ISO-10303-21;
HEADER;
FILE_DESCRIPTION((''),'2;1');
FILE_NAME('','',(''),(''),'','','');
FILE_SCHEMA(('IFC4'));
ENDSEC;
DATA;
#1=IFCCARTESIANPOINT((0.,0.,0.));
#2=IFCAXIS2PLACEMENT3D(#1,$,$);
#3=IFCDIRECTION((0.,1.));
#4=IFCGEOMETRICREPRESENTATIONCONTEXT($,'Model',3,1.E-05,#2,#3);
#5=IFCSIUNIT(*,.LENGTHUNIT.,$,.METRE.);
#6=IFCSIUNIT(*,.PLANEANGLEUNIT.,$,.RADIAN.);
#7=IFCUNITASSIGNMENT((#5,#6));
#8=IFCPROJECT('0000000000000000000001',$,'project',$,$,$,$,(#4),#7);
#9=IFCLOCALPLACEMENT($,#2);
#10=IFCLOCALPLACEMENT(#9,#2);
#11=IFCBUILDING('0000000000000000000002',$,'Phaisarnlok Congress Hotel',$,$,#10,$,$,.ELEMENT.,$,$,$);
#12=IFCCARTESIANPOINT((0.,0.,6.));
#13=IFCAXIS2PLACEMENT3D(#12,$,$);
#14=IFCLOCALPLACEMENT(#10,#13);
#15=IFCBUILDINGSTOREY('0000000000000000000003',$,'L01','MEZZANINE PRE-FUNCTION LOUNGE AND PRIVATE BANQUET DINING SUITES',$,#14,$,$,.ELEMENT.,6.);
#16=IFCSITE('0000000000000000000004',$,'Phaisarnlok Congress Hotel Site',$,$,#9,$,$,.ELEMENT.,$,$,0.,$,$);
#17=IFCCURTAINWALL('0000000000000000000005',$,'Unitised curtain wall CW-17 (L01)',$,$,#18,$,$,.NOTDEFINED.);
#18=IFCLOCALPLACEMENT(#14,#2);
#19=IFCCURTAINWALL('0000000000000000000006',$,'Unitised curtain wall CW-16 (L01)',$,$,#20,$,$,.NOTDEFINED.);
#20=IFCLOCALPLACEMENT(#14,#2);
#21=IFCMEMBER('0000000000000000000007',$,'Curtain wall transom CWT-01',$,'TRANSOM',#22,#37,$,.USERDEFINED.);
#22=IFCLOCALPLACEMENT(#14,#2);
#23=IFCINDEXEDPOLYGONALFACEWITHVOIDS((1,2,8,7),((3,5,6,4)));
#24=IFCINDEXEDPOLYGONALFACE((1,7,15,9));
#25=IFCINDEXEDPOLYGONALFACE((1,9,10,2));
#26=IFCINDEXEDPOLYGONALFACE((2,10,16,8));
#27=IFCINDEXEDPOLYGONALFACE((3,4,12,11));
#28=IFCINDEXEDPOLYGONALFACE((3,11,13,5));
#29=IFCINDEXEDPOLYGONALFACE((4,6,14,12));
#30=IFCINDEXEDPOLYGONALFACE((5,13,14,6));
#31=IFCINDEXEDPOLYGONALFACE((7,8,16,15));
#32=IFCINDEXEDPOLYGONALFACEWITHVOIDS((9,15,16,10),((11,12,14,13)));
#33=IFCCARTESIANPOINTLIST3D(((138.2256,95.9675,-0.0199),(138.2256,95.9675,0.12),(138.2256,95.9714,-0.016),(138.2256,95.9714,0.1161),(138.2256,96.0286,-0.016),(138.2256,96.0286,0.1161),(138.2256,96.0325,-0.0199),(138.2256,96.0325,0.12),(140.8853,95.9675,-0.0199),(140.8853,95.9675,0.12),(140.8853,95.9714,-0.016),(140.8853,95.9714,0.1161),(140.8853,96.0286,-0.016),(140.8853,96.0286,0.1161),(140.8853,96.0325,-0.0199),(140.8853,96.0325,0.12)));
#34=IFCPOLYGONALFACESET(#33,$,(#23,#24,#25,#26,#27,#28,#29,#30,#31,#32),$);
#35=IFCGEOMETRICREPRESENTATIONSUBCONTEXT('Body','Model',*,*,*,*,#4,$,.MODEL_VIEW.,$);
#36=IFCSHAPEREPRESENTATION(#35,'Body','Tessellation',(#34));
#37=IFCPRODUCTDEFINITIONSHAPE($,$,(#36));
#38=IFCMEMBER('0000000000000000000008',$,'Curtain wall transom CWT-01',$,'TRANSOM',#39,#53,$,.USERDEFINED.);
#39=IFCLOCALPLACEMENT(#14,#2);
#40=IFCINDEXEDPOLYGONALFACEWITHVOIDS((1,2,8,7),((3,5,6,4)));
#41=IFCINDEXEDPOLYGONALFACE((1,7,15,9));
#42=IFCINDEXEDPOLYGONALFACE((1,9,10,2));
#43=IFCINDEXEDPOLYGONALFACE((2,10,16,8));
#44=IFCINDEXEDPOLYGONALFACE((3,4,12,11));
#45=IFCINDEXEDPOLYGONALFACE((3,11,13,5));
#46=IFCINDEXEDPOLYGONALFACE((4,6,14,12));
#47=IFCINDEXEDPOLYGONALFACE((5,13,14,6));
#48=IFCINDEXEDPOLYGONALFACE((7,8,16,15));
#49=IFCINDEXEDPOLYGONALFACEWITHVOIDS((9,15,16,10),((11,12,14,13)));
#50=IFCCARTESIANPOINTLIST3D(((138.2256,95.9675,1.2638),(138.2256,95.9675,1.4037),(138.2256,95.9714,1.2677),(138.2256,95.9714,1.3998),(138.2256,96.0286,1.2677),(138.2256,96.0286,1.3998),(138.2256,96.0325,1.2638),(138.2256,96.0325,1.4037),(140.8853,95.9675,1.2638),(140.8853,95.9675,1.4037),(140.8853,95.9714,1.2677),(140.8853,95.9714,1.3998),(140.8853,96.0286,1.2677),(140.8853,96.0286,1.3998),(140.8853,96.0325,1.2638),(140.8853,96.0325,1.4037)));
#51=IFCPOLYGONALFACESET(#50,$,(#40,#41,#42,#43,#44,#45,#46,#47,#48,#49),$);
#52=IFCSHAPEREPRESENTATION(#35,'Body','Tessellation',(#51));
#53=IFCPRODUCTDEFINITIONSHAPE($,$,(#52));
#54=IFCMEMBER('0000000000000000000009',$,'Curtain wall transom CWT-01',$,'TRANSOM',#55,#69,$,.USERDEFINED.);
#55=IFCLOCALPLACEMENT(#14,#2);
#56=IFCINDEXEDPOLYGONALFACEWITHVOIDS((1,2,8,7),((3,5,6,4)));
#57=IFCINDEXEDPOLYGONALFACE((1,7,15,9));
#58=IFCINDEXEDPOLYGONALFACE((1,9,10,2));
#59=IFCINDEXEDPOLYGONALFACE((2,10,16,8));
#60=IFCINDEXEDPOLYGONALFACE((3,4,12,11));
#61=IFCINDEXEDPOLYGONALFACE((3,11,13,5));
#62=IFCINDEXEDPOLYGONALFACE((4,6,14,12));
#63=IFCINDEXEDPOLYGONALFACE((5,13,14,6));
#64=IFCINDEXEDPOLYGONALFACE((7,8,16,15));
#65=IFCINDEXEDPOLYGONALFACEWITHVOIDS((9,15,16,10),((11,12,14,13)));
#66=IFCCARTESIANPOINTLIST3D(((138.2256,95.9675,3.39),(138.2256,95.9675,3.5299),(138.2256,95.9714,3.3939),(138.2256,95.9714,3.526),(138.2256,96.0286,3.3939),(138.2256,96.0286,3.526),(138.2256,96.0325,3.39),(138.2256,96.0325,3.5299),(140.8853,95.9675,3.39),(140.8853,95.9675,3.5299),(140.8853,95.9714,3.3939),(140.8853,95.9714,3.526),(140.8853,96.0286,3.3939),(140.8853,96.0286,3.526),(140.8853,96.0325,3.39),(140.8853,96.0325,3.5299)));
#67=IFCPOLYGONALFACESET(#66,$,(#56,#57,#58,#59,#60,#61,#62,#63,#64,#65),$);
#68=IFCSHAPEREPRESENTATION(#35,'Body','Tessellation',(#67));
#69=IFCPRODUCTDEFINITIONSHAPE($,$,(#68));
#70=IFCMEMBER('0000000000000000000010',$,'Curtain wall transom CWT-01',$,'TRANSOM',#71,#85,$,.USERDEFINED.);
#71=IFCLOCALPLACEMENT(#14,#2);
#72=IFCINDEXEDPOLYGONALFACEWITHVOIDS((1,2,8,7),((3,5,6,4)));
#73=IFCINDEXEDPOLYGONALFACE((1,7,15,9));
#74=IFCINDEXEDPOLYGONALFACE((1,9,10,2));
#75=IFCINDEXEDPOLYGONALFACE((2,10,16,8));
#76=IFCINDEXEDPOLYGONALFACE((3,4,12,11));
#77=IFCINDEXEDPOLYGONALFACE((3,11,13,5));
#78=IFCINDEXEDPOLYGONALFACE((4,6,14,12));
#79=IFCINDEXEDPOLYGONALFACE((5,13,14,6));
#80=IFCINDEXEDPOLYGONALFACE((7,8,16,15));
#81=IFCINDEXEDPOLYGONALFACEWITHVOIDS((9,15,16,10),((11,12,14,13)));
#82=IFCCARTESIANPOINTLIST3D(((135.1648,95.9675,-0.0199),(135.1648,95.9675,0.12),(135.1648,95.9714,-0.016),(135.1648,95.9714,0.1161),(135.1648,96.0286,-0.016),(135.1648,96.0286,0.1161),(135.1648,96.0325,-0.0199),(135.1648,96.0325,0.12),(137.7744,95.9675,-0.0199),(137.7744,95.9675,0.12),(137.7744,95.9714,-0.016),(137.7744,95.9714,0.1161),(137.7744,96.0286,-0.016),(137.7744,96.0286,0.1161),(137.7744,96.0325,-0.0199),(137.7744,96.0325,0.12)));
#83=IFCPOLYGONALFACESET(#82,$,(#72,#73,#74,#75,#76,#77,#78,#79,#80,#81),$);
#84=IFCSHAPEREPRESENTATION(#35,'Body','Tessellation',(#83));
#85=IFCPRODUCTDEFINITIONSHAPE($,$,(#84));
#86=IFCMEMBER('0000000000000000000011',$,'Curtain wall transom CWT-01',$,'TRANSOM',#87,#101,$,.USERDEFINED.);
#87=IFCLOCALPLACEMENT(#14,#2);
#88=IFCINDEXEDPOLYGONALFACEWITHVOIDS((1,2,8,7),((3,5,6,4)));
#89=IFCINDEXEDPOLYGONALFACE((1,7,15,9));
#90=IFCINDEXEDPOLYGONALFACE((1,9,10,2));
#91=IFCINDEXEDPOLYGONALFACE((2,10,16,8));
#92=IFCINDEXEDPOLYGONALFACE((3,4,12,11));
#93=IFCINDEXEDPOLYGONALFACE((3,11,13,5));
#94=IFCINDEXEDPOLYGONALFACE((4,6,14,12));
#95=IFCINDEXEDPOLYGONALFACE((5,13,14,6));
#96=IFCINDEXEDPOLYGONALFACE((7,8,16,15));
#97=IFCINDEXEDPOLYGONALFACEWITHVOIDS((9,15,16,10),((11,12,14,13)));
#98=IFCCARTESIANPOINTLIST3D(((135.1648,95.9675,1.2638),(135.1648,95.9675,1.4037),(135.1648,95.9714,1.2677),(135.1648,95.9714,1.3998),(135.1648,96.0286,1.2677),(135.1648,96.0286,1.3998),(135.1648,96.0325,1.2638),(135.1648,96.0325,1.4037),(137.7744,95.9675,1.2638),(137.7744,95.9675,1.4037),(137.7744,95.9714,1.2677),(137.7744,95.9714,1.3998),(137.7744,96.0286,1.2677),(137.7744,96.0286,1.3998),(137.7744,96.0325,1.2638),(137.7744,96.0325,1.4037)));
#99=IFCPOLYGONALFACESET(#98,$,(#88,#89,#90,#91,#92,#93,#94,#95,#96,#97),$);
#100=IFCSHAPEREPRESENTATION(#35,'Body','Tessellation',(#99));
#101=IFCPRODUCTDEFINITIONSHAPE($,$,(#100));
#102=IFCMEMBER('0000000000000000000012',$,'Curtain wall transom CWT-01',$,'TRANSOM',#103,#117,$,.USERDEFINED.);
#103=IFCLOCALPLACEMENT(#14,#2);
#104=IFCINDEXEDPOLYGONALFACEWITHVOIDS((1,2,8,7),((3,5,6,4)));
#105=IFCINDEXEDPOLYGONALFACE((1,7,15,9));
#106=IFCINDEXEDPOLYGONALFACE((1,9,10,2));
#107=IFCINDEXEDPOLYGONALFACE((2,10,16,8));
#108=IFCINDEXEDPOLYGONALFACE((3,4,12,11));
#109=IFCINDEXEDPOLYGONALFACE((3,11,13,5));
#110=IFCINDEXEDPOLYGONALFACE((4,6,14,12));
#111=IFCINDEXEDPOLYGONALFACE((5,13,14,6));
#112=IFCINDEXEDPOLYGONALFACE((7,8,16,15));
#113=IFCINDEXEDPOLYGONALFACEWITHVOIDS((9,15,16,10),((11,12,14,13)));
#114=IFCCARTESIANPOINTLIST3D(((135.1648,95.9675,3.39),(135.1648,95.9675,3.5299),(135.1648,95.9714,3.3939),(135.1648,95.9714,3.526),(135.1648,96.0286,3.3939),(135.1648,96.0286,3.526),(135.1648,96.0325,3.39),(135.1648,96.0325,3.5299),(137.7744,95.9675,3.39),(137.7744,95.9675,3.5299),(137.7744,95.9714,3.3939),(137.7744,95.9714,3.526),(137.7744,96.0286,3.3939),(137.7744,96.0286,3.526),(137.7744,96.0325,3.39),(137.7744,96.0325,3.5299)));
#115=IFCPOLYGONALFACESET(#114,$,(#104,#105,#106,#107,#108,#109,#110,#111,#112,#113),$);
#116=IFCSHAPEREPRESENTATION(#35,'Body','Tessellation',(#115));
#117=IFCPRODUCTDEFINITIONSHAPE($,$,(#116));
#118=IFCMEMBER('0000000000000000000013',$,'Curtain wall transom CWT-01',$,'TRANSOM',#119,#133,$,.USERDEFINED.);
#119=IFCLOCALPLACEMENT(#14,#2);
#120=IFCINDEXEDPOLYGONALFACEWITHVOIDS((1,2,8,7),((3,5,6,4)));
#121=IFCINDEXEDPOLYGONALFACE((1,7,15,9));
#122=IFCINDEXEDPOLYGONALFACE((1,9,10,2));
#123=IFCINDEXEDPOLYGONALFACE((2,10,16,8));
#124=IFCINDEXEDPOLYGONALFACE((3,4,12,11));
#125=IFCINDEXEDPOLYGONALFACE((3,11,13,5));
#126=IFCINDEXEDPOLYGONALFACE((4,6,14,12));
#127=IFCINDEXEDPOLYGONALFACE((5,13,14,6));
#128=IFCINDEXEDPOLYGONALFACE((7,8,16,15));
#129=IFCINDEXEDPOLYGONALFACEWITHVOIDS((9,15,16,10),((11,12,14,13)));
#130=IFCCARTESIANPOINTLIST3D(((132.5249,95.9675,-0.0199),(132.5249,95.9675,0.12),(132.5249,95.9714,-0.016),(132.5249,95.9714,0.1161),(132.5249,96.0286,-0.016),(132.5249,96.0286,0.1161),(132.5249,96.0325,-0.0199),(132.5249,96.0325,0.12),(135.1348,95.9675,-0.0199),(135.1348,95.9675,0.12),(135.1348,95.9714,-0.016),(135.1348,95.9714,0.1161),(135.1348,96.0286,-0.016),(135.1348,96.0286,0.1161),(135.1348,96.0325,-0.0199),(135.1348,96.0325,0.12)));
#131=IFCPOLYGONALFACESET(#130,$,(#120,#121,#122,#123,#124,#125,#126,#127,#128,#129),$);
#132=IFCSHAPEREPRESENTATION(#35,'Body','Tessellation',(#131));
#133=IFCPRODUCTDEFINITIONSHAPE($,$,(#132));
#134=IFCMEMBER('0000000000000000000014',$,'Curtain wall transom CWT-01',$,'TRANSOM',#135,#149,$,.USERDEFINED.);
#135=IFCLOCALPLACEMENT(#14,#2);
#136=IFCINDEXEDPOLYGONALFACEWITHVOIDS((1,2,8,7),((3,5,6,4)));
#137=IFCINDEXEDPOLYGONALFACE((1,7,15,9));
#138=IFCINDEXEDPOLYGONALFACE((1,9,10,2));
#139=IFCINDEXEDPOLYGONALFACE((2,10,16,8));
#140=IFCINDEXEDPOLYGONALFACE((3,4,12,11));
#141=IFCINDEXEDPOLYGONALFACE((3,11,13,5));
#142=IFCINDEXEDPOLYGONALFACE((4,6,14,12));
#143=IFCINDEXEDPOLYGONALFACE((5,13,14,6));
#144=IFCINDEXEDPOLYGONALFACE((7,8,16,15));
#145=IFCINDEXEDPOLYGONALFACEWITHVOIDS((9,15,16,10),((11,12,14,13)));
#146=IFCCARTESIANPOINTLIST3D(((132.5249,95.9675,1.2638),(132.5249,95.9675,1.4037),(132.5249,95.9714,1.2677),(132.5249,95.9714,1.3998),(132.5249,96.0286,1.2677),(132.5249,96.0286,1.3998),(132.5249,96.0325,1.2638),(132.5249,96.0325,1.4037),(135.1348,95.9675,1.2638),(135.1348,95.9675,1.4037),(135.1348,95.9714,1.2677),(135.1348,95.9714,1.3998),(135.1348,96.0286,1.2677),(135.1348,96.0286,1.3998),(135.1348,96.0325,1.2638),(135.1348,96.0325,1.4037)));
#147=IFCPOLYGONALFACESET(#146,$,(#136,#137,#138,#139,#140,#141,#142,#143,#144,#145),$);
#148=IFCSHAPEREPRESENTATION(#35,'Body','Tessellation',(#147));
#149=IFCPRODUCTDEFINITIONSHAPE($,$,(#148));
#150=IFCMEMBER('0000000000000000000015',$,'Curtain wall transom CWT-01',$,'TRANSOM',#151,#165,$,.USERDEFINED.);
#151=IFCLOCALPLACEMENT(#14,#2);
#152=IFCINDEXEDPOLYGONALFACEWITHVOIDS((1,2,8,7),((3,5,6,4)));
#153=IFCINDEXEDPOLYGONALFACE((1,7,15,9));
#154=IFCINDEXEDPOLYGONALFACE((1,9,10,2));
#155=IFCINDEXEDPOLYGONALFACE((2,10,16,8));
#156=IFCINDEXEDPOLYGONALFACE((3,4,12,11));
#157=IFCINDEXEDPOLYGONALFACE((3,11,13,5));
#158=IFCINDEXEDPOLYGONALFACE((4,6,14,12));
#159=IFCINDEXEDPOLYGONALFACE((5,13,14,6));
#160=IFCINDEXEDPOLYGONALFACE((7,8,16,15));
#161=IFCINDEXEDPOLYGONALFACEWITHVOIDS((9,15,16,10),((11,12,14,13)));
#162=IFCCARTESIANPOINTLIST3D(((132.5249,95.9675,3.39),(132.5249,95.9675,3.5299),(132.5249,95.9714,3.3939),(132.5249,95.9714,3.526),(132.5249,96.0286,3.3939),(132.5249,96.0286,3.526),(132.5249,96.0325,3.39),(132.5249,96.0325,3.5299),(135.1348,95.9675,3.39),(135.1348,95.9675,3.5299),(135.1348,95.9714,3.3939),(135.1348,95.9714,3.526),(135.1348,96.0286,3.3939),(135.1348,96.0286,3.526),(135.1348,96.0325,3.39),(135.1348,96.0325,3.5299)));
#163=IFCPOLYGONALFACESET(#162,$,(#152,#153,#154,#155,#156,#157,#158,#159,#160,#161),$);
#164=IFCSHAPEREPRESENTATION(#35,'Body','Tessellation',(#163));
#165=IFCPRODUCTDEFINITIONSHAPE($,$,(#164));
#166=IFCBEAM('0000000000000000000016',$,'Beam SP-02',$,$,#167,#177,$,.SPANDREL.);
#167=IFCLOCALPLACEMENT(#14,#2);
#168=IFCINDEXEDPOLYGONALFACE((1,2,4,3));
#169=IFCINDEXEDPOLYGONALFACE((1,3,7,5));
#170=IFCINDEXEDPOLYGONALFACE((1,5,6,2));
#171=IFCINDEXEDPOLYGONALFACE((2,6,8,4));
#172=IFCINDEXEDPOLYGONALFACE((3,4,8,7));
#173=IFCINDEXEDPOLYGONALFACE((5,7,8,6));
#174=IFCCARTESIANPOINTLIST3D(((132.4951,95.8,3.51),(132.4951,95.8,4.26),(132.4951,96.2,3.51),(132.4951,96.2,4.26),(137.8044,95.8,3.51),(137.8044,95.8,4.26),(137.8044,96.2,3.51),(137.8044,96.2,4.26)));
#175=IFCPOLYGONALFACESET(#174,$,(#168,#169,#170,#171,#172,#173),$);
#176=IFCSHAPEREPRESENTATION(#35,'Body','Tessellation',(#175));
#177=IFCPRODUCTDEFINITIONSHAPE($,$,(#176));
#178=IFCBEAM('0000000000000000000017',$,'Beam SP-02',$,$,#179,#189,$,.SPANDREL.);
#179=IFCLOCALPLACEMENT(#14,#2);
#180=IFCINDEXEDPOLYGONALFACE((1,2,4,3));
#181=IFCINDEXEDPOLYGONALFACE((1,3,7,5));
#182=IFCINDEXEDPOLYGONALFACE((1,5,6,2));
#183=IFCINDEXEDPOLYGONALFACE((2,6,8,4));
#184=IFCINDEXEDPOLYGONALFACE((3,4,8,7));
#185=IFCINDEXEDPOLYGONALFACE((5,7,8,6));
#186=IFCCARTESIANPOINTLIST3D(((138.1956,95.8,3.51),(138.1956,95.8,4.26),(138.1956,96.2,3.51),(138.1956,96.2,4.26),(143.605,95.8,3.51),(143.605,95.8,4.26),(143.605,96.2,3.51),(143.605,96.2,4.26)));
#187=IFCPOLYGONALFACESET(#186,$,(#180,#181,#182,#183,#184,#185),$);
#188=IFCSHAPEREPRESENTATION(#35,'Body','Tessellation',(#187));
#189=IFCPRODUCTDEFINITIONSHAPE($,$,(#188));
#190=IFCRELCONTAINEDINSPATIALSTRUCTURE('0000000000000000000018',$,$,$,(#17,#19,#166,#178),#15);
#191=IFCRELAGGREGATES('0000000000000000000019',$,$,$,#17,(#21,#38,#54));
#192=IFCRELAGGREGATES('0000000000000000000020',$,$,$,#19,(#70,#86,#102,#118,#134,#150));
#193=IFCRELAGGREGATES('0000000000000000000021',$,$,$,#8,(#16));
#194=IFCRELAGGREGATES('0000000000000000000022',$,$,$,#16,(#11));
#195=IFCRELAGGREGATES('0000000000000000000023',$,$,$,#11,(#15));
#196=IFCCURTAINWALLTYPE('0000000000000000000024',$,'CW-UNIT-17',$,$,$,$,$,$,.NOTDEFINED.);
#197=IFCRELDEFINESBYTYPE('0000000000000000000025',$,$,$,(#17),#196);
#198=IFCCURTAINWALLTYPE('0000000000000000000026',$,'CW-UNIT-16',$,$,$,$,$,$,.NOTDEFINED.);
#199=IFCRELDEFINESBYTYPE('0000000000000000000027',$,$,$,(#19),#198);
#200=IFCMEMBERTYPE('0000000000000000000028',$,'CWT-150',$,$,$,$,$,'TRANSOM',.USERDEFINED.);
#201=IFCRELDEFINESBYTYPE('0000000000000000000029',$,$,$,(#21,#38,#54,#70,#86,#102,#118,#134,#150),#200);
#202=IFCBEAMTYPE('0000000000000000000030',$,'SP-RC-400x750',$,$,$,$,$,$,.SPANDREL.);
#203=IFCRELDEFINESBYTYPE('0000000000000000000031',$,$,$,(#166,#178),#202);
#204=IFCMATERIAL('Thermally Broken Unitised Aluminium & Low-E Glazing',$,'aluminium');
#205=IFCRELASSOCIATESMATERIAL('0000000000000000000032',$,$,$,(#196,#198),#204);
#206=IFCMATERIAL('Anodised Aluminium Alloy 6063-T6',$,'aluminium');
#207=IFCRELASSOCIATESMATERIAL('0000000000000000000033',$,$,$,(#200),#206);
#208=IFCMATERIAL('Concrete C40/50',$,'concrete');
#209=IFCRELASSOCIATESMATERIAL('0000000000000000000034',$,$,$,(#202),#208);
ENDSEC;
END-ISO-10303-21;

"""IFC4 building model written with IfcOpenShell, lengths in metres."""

from ifc_helpers import new_model, si_unit, direction, frame, origin, origin_2d, place, context, subcontext, project, spatial, rectangle, hollow_rectangle, extrude, material, material_profile, profile_set, type_object, element, aggregate, save


model = new_model("IFC4")

# Units and contexts
model_context = context("Model", 3, precision=1e-05, world=origin(), true_north=direction((0.0, 1.0)))
body_context = subcontext(model_context, "Body", "Model", "MODEL_VIEW")
ifc_project = project(units=[si_unit("LENGTHUNIT", "METRE"), si_unit("PLANEANGLEUNIT", "RADIAN")], contexts=[model_context])

# Site, building, storey
site_placement = place(None, origin())
site = spatial("IfcSite", under=ifc_project, at=site_placement, Name="Phaisarnlok Congress Hotel Site", CompositionType="ELEMENT", RefElevation=0.0)
building_placement = place(site_placement, origin())
building = spatial("IfcBuilding", under=site, at=building_placement, Name="Phaisarnlok Congress Hotel", CompositionType="ELEMENT")
storey_placement = place(building_placement, frame((0.0, 0.0, 6.0)))
storey = spatial("IfcBuildingStorey", under=building, at=storey_placement, Name="L01", Description="MEZZANINE PRE-FUNCTION LOUNGE AND PRIVATE BANQUET DINING SUITES", CompositionType="ELEMENT", Elevation=6.0)

# Curtain walls
ifc_material_1 = material(Name="Thermally Broken Unitised Aluminium & Low-E Glazing", Category="aluminium")
curtain_wall_type_1 = type_object("IfcCurtainWallType", Name="CW-UNIT-17", PredefinedType="NOTDEFINED", material=ifc_material_1)
curtain_wall_1_placement = place(storey_placement, origin())
curtain_wall_1 = element("IfcCurtainWall", 1, at=curtain_wall_1_placement, inside=storey, type_object=curtain_wall_type_1, Name="Unitised curtain wall CW-17 (L01)", PredefinedType="NOTDEFINED")
ifc_material_2 = material(Name="Anodised Aluminium Alloy 6063-T6", Category="aluminium")
curtain_wall_type_2 = type_object("IfcCurtainWallType", Name="CW-UNIT-16", PredefinedType="NOTDEFINED", material=ifc_material_1)
curtain_wall_2_placement = place(storey_placement, origin())
curtain_wall_2 = element("IfcCurtainWall", 2, at=curtain_wall_2_placement, inside=storey, type_object=curtain_wall_type_2, Name="Unitised curtain wall CW-16 (L01)", PredefinedType="NOTDEFINED")

# Members
ifc_material_profile_1 = material_profile(ifc_material_2, hollow_rectangle(XDim=0.0649, YDim=0.1399, WallThickness=0.0039, at=origin_2d()), Name="ALU-T 65x140x4")
ifc_profile_set_1 = profile_set([ifc_material_profile_1], Name="Anodised Aluminium Alloy 6063-T6")
member_type_1 = type_object("IfcMemberType", Name="CWT-150", ElementType="TRANSOM", PredefinedType="USERDEFINED", material=ifc_profile_set_1)
member_1_placement = place(storey_placement, frame((140.8853, 96.0, 0.05), z_axis=(-1.0, 0.0, 0.0), x_axis=(0.0, -1.0, 0.0)))
member_1 = element("IfcMember", 3, at=member_1_placement, type_object=member_type_1, Name="Curtain wall transom CWT-01", ObjectType="TRANSOM", PredefinedType="USERDEFINED", context=body_context, shape_type="SweptSolid", body=[
    extrude(hollow_rectangle(XDim=0.0649, YDim=0.1399, WallThickness=0.0039, at=origin_2d()), origin(), (0.0, 0.0, 1.0), 2.6597),
])
member_2_placement = place(storey_placement, frame((140.8853, 96.0, 1.3337), z_axis=(-1.0, 0.0, 0.0), x_axis=(0.0, -1.0, 0.0)))
member_2 = element("IfcMember", 4, at=member_2_placement, type_object=member_type_1, Name="Curtain wall transom CWT-01", ObjectType="TRANSOM", PredefinedType="USERDEFINED", context=body_context, shape_type="SweptSolid", body=[
    extrude(hollow_rectangle(XDim=0.0649, YDim=0.1399, WallThickness=0.0039, at=origin_2d()), origin(), (0.0, 0.0, 1.0), 2.6597),
])
member_3_placement = place(storey_placement, frame((140.8853, 96.0, 3.46), z_axis=(-1.0, 0.0, 0.0), x_axis=(0.0, -1.0, 0.0)))
member_3 = element("IfcMember", 5, at=member_3_placement, type_object=member_type_1, Name="Curtain wall transom CWT-01", ObjectType="TRANSOM", PredefinedType="USERDEFINED", context=body_context, shape_type="SweptSolid", body=[
    extrude(hollow_rectangle(XDim=0.0649, YDim=0.1399, WallThickness=0.0039, at=origin_2d()), origin(), (0.0, 0.0, 1.0), 2.6597),
])
member_4_placement = place(storey_placement, frame((137.7744, 96.0, 0.05), z_axis=(-1.0, 0.0, 0.0), x_axis=(0.0, -1.0, 0.0)))
member_4 = element("IfcMember", 6, at=member_4_placement, type_object=member_type_1, Name="Curtain wall transom CWT-01", ObjectType="TRANSOM", PredefinedType="USERDEFINED", context=body_context, shape_type="SweptSolid", body=[
    extrude(hollow_rectangle(XDim=0.0649, YDim=0.1399, WallThickness=0.0039, at=origin_2d()), origin(), (0.0, 0.0, 1.0), 2.6096),
])
member_5_placement = place(storey_placement, frame((137.7744, 96.0, 1.3337), z_axis=(-1.0, 0.0, 0.0), x_axis=(0.0, -1.0, 0.0)))
member_5 = element("IfcMember", 7, at=member_5_placement, type_object=member_type_1, Name="Curtain wall transom CWT-01", ObjectType="TRANSOM", PredefinedType="USERDEFINED", context=body_context, shape_type="SweptSolid", body=[
    extrude(hollow_rectangle(XDim=0.0649, YDim=0.1399, WallThickness=0.0039, at=origin_2d()), origin(), (0.0, 0.0, 1.0), 2.6096),
])
member_6_placement = place(storey_placement, frame((137.7744, 96.0, 3.46), z_axis=(-1.0, 0.0, 0.0), x_axis=(0.0, -1.0, 0.0)))
member_6 = element("IfcMember", 8, at=member_6_placement, type_object=member_type_1, Name="Curtain wall transom CWT-01", ObjectType="TRANSOM", PredefinedType="USERDEFINED", context=body_context, shape_type="SweptSolid", body=[
    extrude(hollow_rectangle(XDim=0.0649, YDim=0.1399, WallThickness=0.0039, at=origin_2d()), origin(), (0.0, 0.0, 1.0), 2.6096),
])
member_7_placement = place(storey_placement, frame((135.1348, 96.0, 0.05), z_axis=(-1.0, 0.0, 0.0), x_axis=(0.0, -1.0, 0.0)))
member_7 = element("IfcMember", 9, at=member_7_placement, type_object=member_type_1, Name="Curtain wall transom CWT-01", ObjectType="TRANSOM", PredefinedType="USERDEFINED", context=body_context, shape_type="SweptSolid", body=[
    extrude(hollow_rectangle(XDim=0.0649, YDim=0.1399, WallThickness=0.0039, at=origin_2d()), origin(), (0.0, 0.0, 1.0), 2.6099),
])
member_8_placement = place(storey_placement, frame((135.1348, 96.0, 1.3337), z_axis=(-1.0, 0.0, 0.0), x_axis=(0.0, -1.0, 0.0)))
member_8 = element("IfcMember", 10, at=member_8_placement, type_object=member_type_1, Name="Curtain wall transom CWT-01", ObjectType="TRANSOM", PredefinedType="USERDEFINED", context=body_context, shape_type="SweptSolid", body=[
    extrude(hollow_rectangle(XDim=0.0649, YDim=0.1399, WallThickness=0.0039, at=origin_2d()), origin(), (0.0, 0.0, 1.0), 2.6099),
])
member_9_placement = place(storey_placement, frame((135.1348, 96.0, 3.46), z_axis=(-1.0, 0.0, 0.0), x_axis=(0.0, -1.0, 0.0)))
member_9 = element("IfcMember", 11, at=member_9_placement, type_object=member_type_1, Name="Curtain wall transom CWT-01", ObjectType="TRANSOM", PredefinedType="USERDEFINED", context=body_context, shape_type="SweptSolid", body=[
    extrude(hollow_rectangle(XDim=0.0649, YDim=0.1399, WallThickness=0.0039, at=origin_2d()), origin(), (0.0, 0.0, 1.0), 2.6099),
])

# Beams
ifc_material_3 = material(Name="Concrete C40/50", Category="concrete")
ifc_material_profile_2 = material_profile(ifc_material_3, rectangle(XDim=0.3999, YDim=0.75, at=origin_2d()), Name="RC 400x750")
ifc_profile_set_2 = profile_set([ifc_material_profile_2], Name="Concrete C40/50")
beam_type = type_object("IfcBeamType", Name="SP-RC-400x750", PredefinedType="SPANDREL", material=ifc_profile_set_2)
beam_1_placement = place(storey_placement, frame((132.4951, 96.0, 3.885), z_axis=(1.0, 0.0, 0.0), x_axis=(0.0, 1.0, 0.0)))
element("IfcBeam", 12, at=beam_1_placement, inside=storey, type_object=beam_type, Name="Beam SP-02", PredefinedType="SPANDREL", context=body_context, shape_type="SweptSolid", body=[
    extrude(rectangle(XDim=0.3999, YDim=0.75, at=origin_2d()), origin(), (0.0, 0.0, 1.0), 5.3093),
])
beam_2_placement = place(storey_placement, frame((138.1956, 96.0, 3.885), z_axis=(1.0, 0.0, 0.0), x_axis=(0.0, 1.0, 0.0)))
element("IfcBeam", 13, at=beam_2_placement, inside=storey, type_object=beam_type, Name="Beam SP-02", PredefinedType="SPANDREL", context=body_context, shape_type="SweptSolid", body=[
    extrude(rectangle(XDim=0.3999, YDim=0.75, at=origin_2d()), origin(), (0.0, 0.0, 1.0), 5.4094),
])

aggregate(curtain_wall_1, [member_1, member_2, member_3])
aggregate(curtain_wall_2, [member_4, member_5, member_6, member_7, member_8, member_9])

save(model, "model.ifc")
